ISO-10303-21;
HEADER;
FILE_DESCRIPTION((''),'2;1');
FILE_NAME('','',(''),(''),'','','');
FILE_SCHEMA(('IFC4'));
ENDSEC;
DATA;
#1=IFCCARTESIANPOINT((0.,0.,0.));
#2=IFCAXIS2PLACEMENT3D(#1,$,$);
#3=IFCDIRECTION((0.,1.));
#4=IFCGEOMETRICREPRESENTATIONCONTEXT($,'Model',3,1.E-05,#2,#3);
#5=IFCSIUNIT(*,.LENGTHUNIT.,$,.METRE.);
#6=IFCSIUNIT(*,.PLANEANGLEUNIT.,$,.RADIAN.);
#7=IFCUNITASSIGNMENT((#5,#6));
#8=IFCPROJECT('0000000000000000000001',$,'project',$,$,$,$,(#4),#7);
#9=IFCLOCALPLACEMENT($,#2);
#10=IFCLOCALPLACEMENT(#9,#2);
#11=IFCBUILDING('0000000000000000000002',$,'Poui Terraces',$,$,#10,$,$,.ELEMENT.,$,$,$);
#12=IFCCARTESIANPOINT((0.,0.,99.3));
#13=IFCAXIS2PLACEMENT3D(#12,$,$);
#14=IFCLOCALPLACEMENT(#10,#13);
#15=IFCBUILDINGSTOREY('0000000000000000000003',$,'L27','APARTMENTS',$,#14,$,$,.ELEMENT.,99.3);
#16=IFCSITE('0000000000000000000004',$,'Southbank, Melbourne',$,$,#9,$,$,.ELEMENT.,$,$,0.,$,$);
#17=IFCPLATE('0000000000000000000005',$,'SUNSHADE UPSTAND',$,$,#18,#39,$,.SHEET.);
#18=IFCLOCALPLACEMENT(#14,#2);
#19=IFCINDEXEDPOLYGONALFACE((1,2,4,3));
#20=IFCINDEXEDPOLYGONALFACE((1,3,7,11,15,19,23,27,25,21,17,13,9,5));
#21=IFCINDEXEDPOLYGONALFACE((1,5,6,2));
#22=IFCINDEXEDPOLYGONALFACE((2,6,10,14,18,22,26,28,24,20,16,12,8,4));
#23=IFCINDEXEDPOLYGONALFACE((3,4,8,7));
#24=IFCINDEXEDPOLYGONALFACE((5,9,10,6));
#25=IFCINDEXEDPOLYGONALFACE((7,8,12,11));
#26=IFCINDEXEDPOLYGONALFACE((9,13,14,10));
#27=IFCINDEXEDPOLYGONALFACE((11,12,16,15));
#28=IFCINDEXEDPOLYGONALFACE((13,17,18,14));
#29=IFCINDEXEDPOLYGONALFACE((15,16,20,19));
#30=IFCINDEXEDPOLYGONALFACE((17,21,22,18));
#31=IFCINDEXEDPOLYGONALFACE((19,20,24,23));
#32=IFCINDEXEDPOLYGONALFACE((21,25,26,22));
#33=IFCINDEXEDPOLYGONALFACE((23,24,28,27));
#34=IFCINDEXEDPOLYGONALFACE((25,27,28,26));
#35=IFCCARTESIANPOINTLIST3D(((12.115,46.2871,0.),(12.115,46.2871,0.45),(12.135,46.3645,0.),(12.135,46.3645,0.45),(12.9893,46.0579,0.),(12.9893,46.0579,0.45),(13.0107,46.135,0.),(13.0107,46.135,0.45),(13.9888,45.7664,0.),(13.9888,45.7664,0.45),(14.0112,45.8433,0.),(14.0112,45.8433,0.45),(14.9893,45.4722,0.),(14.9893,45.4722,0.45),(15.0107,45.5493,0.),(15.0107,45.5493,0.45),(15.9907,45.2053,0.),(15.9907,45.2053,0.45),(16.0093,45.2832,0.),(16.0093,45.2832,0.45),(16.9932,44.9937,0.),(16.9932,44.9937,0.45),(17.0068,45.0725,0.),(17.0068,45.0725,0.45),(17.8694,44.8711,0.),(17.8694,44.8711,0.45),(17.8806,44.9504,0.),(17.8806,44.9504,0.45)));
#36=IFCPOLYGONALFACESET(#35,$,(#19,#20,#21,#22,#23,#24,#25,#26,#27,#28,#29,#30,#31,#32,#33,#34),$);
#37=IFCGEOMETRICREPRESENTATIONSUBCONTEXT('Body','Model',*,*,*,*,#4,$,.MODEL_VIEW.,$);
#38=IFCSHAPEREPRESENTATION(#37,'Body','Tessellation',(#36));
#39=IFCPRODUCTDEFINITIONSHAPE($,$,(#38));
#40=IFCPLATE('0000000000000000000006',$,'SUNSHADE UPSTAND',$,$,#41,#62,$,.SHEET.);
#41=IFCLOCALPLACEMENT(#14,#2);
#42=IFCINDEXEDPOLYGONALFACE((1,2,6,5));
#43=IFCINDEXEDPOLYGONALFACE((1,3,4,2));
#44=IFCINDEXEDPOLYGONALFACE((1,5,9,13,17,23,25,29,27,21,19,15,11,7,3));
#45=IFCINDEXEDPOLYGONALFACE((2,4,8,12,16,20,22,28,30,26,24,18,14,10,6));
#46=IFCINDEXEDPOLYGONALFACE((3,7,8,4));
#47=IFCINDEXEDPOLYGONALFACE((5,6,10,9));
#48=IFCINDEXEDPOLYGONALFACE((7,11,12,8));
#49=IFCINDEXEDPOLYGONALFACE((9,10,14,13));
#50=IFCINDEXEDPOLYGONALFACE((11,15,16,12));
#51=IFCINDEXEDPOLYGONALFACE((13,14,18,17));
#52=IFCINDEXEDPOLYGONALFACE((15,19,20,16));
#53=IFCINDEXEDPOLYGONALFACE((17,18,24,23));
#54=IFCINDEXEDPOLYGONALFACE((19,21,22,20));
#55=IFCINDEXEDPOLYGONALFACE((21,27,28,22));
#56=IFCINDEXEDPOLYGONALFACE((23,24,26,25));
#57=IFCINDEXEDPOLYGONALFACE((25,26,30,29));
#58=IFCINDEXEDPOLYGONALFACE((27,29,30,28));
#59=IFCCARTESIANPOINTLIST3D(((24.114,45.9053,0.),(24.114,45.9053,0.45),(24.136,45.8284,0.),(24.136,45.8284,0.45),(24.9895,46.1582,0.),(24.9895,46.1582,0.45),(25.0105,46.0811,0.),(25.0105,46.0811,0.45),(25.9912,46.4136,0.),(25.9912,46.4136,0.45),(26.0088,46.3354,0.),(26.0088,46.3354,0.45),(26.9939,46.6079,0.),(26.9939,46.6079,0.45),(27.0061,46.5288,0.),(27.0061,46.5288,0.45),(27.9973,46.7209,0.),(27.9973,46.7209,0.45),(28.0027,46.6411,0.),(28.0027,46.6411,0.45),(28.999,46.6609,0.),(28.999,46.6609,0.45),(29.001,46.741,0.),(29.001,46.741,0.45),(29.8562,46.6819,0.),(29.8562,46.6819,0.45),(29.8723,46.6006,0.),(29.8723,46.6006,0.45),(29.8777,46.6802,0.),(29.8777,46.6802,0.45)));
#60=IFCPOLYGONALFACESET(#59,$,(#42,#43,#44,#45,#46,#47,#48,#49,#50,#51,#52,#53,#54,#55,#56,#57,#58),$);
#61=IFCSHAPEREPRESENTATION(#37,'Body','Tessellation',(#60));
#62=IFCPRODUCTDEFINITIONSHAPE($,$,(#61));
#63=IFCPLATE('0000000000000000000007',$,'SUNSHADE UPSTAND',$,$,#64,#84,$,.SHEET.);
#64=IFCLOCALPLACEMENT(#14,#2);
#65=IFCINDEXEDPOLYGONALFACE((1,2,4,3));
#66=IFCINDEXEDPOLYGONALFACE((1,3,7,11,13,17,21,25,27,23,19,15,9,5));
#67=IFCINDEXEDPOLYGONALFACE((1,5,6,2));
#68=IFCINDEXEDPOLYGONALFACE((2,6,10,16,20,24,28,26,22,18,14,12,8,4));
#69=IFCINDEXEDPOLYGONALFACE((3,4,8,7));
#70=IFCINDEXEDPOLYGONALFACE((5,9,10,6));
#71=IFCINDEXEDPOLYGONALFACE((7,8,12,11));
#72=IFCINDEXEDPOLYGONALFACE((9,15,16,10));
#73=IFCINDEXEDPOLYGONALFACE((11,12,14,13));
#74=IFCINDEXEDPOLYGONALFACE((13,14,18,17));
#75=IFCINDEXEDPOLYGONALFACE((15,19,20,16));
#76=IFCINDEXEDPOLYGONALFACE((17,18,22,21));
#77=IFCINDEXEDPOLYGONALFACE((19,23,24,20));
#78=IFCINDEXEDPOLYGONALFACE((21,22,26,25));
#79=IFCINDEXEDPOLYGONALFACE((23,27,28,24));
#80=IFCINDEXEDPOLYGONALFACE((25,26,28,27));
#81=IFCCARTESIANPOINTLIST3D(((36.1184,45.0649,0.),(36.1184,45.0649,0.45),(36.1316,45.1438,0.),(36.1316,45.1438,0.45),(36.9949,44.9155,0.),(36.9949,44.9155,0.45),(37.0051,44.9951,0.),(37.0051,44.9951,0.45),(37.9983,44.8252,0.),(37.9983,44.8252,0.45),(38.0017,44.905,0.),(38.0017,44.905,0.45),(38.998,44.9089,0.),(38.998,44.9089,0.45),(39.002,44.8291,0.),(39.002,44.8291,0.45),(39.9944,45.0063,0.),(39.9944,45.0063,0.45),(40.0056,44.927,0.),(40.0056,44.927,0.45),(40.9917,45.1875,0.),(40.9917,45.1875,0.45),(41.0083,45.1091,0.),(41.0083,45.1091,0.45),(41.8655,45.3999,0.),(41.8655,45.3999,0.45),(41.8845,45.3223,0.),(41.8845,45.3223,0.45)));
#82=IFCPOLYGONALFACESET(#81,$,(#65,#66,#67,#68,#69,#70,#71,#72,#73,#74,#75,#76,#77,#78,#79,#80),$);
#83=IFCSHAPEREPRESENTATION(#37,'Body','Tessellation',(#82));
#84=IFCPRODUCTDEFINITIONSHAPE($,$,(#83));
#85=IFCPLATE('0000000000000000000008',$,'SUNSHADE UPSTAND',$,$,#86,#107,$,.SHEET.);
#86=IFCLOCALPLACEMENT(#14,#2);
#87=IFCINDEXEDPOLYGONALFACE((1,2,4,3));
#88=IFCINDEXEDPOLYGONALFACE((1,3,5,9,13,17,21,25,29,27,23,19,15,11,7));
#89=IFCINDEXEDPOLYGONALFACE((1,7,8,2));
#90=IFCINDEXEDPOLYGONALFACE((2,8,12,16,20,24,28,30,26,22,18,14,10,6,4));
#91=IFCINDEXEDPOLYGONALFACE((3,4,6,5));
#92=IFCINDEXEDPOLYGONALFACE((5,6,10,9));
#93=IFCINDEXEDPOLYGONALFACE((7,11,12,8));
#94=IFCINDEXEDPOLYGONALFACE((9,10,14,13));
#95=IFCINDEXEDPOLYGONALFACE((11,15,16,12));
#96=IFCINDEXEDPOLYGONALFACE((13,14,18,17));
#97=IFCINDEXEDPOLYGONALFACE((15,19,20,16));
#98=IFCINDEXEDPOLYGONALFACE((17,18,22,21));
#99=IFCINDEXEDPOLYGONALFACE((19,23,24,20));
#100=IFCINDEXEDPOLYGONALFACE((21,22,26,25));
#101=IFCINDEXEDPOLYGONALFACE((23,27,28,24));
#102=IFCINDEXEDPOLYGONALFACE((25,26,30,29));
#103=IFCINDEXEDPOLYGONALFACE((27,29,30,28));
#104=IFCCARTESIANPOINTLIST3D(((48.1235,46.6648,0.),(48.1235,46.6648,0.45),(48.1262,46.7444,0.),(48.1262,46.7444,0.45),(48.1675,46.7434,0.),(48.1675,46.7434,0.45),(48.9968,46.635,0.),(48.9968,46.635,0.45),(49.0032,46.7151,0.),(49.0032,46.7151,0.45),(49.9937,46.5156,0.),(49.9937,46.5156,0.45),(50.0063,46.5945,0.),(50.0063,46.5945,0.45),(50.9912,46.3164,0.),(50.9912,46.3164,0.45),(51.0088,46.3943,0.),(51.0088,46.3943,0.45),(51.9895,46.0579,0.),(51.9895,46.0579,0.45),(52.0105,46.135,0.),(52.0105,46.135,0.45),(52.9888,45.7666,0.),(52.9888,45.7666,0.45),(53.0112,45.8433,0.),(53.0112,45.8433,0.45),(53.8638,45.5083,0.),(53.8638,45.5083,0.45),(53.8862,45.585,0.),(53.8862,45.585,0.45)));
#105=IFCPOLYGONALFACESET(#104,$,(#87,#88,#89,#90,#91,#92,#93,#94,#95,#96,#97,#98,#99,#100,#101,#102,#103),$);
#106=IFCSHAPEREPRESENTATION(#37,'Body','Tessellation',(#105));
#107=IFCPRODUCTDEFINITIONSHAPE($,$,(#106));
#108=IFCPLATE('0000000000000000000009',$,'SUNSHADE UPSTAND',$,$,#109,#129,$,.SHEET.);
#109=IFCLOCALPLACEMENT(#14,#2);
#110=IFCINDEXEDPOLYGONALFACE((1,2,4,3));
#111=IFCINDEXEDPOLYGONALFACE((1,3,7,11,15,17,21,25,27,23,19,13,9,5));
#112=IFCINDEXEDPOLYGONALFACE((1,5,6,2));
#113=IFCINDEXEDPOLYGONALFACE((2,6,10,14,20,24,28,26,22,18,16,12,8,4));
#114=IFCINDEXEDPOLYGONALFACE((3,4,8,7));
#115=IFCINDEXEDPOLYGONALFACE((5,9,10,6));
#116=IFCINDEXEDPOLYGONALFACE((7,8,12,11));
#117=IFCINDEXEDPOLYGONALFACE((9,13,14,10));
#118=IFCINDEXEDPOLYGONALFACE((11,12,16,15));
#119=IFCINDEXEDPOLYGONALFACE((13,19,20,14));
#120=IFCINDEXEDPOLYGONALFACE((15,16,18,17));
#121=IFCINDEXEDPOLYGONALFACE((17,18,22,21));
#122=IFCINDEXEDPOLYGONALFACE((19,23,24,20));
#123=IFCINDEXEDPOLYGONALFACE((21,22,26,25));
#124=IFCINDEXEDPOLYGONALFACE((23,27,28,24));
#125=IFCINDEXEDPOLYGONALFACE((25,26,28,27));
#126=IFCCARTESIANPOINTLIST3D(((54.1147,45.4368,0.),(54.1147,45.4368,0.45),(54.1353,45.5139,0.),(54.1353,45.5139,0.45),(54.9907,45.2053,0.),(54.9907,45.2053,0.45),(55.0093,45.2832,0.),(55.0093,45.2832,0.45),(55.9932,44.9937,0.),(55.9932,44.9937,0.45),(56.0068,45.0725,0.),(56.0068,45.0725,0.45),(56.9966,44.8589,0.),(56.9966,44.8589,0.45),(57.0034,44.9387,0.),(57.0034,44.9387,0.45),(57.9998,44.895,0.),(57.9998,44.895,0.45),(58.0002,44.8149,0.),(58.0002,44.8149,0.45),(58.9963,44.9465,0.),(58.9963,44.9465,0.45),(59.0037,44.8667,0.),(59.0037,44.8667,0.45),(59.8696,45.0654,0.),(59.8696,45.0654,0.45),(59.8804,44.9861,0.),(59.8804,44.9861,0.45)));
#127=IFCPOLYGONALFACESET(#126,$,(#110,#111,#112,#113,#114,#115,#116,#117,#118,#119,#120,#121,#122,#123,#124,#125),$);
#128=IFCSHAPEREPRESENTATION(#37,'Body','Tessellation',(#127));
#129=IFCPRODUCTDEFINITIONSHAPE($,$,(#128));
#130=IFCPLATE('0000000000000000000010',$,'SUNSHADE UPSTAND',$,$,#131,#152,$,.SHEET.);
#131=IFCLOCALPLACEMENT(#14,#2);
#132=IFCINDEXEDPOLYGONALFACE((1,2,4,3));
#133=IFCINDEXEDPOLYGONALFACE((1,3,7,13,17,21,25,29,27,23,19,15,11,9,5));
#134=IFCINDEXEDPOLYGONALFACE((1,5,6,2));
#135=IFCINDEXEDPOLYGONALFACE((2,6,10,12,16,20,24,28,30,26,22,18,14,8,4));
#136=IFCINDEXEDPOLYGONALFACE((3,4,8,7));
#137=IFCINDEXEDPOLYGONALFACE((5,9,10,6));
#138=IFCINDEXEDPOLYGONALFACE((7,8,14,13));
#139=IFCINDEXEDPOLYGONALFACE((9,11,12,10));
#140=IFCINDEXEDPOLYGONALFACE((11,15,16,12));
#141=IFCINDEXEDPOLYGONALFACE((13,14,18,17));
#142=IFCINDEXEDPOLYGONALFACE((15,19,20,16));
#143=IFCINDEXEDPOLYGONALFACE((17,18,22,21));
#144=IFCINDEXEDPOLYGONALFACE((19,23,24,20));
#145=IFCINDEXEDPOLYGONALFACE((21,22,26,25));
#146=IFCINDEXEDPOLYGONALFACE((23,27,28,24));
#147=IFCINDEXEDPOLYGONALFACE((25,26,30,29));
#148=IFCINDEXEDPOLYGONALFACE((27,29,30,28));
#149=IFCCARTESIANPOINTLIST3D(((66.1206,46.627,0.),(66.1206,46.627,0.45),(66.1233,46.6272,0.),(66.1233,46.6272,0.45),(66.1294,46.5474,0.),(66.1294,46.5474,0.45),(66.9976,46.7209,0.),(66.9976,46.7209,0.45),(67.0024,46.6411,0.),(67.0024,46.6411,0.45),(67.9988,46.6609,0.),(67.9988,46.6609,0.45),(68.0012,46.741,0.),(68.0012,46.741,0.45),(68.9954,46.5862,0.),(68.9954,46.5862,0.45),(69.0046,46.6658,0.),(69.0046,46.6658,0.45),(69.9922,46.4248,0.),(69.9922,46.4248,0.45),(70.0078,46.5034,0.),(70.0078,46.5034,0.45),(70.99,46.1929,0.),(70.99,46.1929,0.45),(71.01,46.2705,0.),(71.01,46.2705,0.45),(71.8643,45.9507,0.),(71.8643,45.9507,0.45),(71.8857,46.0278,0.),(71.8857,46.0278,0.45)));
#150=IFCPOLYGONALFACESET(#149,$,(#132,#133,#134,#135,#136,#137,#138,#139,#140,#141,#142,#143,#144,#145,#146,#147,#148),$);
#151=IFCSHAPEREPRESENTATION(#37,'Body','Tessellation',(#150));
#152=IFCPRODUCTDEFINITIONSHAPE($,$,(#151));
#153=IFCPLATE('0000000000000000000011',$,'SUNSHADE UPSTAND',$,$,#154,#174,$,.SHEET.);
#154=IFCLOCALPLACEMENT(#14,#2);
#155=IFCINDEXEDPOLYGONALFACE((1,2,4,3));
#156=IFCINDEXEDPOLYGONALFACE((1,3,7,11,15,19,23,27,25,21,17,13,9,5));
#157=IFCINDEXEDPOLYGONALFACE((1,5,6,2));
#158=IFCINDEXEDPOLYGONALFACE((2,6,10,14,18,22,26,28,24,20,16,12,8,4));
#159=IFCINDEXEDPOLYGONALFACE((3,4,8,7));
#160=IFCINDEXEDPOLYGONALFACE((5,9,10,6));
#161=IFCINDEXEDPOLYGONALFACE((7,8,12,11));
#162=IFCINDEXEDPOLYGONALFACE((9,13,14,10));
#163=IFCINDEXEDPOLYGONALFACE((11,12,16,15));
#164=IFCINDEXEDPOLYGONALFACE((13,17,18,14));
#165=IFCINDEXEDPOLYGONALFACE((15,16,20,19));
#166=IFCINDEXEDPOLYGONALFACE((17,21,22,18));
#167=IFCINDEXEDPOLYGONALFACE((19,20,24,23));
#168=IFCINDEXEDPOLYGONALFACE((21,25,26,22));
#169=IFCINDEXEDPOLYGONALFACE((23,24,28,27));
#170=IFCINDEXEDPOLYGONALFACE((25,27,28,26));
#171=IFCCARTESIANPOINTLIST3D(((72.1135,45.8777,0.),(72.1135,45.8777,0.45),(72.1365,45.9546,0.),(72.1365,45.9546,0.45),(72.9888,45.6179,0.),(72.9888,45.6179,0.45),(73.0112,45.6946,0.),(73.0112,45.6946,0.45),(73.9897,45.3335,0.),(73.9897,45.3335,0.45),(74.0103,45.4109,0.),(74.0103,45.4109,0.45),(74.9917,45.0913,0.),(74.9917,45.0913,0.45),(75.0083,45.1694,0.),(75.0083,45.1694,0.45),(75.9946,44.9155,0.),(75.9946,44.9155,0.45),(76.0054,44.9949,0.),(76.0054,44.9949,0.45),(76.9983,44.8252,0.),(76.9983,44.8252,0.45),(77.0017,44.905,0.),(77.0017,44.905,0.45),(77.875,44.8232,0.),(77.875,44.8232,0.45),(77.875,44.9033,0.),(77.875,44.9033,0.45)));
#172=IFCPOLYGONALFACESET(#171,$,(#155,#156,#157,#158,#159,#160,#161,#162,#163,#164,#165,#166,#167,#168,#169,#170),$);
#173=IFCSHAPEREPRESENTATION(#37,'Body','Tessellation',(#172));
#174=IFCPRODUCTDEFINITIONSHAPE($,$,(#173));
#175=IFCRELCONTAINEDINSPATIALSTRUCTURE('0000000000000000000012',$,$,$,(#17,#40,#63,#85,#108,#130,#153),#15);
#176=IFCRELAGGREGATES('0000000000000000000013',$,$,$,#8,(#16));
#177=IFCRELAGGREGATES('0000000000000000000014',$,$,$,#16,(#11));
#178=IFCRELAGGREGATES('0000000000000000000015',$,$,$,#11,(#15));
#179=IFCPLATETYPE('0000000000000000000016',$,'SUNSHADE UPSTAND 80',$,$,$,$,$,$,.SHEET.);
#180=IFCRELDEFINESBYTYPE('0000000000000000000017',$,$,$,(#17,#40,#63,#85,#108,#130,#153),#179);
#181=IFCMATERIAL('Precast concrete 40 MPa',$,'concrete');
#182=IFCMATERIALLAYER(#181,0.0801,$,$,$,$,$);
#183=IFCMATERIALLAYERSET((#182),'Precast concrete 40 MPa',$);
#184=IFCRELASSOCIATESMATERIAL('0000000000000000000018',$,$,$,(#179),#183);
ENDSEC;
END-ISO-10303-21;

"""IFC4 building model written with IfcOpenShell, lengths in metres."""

from ifc_helpers import new_model, si_unit, direction, frame, origin, place, context, subcontext, project, spatial, polyline, outline, extrude, material, layer, layer_set, type_object, element, save


model = new_model("IFC4")

# Units and contexts
model_context = context("Model", 3, precision=1e-05, world=origin(), true_north=direction((0.0, 1.0)))
body_context = subcontext(model_context, "Body", "Model", "MODEL_VIEW")
ifc_project = project(units=[si_unit("LENGTHUNIT", "METRE"), si_unit("PLANEANGLEUNIT", "RADIAN")], contexts=[model_context])

# Site, building, storey
site_placement = place(None, origin())
site = spatial("IfcSite", under=ifc_project, at=site_placement, Name="Southbank, Melbourne", CompositionType="ELEMENT", RefElevation=0.0)
building_placement = place(site_placement, origin())
building = spatial("IfcBuilding", under=site, at=building_placement, Name="Poui Terraces", CompositionType="ELEMENT")
storey_placement = place(building_placement, frame((0.0, 0.0, 99.3)))
storey = spatial("IfcBuildingStorey", under=building, at=storey_placement, Name="L27", Description="APARTMENTS", CompositionType="ELEMENT", Elevation=99.3)

# Shared definitions
ifc_material_1 = material(Name="Precast concrete 40 MPa", Category="concrete")

# Plates
ifc_layer_1 = layer(ifc_material_1, 0.0801)
ifc_layer_set_1 = layer_set([ifc_layer_1], Name="Precast concrete 40 MPa")
plate_type = type_object("IfcPlateType", Name="SUNSHADE UPSTAND 80", PredefinedType="SHEET", material=ifc_layer_set_1)
plate_1_placement = place(storey_placement, origin())
element("IfcPlate", 1, at=plate_1_placement, inside=storey, type_object=plate_type, Name="SUNSHADE UPSTAND", PredefinedType="SHEET", context=body_context, shape_type="SweptSolid", body=[
    extrude(outline(polyline([(13.0107, 46.135), (12.135, 46.3645), (12.115, 46.2871), (12.9893, 46.0579), (13.9888, 45.7664), (14.9893, 45.4722), (15.9907, 45.2053), (16.9932, 44.9937), (17.8694, 44.8711), (17.8806, 44.9504), (17.0068, 45.0725), (16.0093, 45.2832), (15.0107, 45.5493), (14.0112, 45.8433), (13.0107, 46.135)])), origin(), (0.0, 0.0, 1.0), 0.45),
])
plate_2_placement = place(storey_placement, origin())
element("IfcPlate", 2, at=plate_2_placement, inside=storey, type_object=plate_type, Name="SUNSHADE UPSTAND", PredefinedType="SHEET", context=body_context, shape_type="SweptSolid", body=[
    extrude(outline(polyline([(24.9895, 46.1582), (24.114, 45.9053), (24.136, 45.8284), (25.0105, 46.0811), (26.0088, 46.3354), (27.0061, 46.5288), (28.0027, 46.6411), (28.999, 46.6609), (29.8723, 46.6006), (29.8777, 46.6802), (29.8562, 46.6819), (29.001, 46.741), (27.9973, 46.7209), (26.9939, 46.6079), (25.9912, 46.4136), (24.9895, 46.1582)])), origin(), (0.0, 0.0, 1.0), 0.45),
])
plate_3_placement = place(storey_placement, origin())
element("IfcPlate", 3, at=plate_3_placement, inside=storey, type_object=plate_type, Name="SUNSHADE UPSTAND", PredefinedType="SHEET", context=body_context, shape_type="SweptSolid", body=[
    extrude(outline(polyline([(37.0051, 44.9951), (36.1316, 45.1438), (36.1184, 45.0649), (36.9949, 44.9155), (37.9983, 44.8252), (39.002, 44.8291), (40.0056, 44.927), (41.0083, 45.1091), (41.8845, 45.3223), (41.8655, 45.3999), (40.9917, 45.1875), (39.9944, 45.0063), (38.998, 44.9089), (38.0017, 44.905), (37.0051, 44.9951)])), origin(), (0.0, 0.0, 1.0), 0.45),
])
plate_4_placement = place(storey_placement, origin())
element("IfcPlate", 4, at=plate_4_placement, inside=storey, type_object=plate_type, Name="SUNSHADE UPSTAND", PredefinedType="SHEET", context=body_context, shape_type="SweptSolid", body=[
    extrude(outline(polyline([(49.0032, 46.7151), (48.1675, 46.7434), (48.1262, 46.7444), (48.1235, 46.6648), (48.9968, 46.635), (49.9937, 46.5156), (50.9912, 46.3164), (51.9895, 46.0579), (52.9888, 45.7666), (53.8638, 45.5083), (53.8862, 45.585), (53.0112, 45.8433), (52.0105, 46.135), (51.0088, 46.3943), (50.0063, 46.5945), (49.0032, 46.7151)])), origin(), (0.0, 0.0, 1.0), 0.45),
])
plate_5_placement = place(storey_placement, origin())
element("IfcPlate", 5, at=plate_5_placement, inside=storey, type_object=plate_type, Name="SUNSHADE UPSTAND", PredefinedType="SHEET", context=body_context, shape_type="SweptSolid", body=[
    extrude(outline(polyline([(55.0093, 45.2832), (54.1353, 45.5139), (54.1147, 45.4368), (54.9907, 45.2053), (55.9932, 44.9937), (56.9966, 44.8589), (58.0002, 44.8149), (59.0037, 44.8667), (59.8804, 44.9861), (59.8696, 45.0654), (58.9963, 44.9465), (57.9998, 44.895), (57.0034, 44.9387), (56.0068, 45.0725), (55.0093, 45.2832)])), origin(), (0.0, 0.0, 1.0), 0.45),
])
plate_6_placement = place(storey_placement, origin())
element("IfcPlate", 6, at=plate_6_placement, inside=storey, type_object=plate_type, Name="SUNSHADE UPSTAND", PredefinedType="SHEET", context=body_context, shape_type="SweptSolid", body=[
    extrude(outline(polyline([(66.9976, 46.7209), (66.1233, 46.6272), (66.1206, 46.627), (66.1294, 46.5474), (67.0024, 46.6411), (67.9988, 46.6609), (68.9954, 46.5862), (69.9922, 46.4248), (70.99, 46.1929), (71.8643, 45.9507), (71.8857, 46.0278), (71.01, 46.2705), (70.0078, 46.5034), (69.0046, 46.6658), (68.0012, 46.741), (66.9976, 46.7209)])), origin(), (0.0, 0.0, 1.0), 0.45),
])
plate_7_placement = place(storey_placement, origin())
element("IfcPlate", 7, at=plate_7_placement, inside=storey, type_object=plate_type, Name="SUNSHADE UPSTAND", PredefinedType="SHEET", context=body_context, shape_type="SweptSolid", body=[
    extrude(outline(polyline([(73.0112, 45.6946), (72.1365, 45.9546), (72.1135, 45.8777), (72.9888, 45.6179), (73.9897, 45.3335), (74.9917, 45.0913), (75.9946, 44.9155), (76.9983, 44.8252), (77.875, 44.8232), (77.875, 44.9033), (77.0017, 44.905), (76.0054, 44.9949), (75.0083, 45.1694), (74.0103, 45.4109), (73.0112, 45.6946)])), origin(), (0.0, 0.0, 1.0), 0.45),
])

save(model, "model.ifc")
